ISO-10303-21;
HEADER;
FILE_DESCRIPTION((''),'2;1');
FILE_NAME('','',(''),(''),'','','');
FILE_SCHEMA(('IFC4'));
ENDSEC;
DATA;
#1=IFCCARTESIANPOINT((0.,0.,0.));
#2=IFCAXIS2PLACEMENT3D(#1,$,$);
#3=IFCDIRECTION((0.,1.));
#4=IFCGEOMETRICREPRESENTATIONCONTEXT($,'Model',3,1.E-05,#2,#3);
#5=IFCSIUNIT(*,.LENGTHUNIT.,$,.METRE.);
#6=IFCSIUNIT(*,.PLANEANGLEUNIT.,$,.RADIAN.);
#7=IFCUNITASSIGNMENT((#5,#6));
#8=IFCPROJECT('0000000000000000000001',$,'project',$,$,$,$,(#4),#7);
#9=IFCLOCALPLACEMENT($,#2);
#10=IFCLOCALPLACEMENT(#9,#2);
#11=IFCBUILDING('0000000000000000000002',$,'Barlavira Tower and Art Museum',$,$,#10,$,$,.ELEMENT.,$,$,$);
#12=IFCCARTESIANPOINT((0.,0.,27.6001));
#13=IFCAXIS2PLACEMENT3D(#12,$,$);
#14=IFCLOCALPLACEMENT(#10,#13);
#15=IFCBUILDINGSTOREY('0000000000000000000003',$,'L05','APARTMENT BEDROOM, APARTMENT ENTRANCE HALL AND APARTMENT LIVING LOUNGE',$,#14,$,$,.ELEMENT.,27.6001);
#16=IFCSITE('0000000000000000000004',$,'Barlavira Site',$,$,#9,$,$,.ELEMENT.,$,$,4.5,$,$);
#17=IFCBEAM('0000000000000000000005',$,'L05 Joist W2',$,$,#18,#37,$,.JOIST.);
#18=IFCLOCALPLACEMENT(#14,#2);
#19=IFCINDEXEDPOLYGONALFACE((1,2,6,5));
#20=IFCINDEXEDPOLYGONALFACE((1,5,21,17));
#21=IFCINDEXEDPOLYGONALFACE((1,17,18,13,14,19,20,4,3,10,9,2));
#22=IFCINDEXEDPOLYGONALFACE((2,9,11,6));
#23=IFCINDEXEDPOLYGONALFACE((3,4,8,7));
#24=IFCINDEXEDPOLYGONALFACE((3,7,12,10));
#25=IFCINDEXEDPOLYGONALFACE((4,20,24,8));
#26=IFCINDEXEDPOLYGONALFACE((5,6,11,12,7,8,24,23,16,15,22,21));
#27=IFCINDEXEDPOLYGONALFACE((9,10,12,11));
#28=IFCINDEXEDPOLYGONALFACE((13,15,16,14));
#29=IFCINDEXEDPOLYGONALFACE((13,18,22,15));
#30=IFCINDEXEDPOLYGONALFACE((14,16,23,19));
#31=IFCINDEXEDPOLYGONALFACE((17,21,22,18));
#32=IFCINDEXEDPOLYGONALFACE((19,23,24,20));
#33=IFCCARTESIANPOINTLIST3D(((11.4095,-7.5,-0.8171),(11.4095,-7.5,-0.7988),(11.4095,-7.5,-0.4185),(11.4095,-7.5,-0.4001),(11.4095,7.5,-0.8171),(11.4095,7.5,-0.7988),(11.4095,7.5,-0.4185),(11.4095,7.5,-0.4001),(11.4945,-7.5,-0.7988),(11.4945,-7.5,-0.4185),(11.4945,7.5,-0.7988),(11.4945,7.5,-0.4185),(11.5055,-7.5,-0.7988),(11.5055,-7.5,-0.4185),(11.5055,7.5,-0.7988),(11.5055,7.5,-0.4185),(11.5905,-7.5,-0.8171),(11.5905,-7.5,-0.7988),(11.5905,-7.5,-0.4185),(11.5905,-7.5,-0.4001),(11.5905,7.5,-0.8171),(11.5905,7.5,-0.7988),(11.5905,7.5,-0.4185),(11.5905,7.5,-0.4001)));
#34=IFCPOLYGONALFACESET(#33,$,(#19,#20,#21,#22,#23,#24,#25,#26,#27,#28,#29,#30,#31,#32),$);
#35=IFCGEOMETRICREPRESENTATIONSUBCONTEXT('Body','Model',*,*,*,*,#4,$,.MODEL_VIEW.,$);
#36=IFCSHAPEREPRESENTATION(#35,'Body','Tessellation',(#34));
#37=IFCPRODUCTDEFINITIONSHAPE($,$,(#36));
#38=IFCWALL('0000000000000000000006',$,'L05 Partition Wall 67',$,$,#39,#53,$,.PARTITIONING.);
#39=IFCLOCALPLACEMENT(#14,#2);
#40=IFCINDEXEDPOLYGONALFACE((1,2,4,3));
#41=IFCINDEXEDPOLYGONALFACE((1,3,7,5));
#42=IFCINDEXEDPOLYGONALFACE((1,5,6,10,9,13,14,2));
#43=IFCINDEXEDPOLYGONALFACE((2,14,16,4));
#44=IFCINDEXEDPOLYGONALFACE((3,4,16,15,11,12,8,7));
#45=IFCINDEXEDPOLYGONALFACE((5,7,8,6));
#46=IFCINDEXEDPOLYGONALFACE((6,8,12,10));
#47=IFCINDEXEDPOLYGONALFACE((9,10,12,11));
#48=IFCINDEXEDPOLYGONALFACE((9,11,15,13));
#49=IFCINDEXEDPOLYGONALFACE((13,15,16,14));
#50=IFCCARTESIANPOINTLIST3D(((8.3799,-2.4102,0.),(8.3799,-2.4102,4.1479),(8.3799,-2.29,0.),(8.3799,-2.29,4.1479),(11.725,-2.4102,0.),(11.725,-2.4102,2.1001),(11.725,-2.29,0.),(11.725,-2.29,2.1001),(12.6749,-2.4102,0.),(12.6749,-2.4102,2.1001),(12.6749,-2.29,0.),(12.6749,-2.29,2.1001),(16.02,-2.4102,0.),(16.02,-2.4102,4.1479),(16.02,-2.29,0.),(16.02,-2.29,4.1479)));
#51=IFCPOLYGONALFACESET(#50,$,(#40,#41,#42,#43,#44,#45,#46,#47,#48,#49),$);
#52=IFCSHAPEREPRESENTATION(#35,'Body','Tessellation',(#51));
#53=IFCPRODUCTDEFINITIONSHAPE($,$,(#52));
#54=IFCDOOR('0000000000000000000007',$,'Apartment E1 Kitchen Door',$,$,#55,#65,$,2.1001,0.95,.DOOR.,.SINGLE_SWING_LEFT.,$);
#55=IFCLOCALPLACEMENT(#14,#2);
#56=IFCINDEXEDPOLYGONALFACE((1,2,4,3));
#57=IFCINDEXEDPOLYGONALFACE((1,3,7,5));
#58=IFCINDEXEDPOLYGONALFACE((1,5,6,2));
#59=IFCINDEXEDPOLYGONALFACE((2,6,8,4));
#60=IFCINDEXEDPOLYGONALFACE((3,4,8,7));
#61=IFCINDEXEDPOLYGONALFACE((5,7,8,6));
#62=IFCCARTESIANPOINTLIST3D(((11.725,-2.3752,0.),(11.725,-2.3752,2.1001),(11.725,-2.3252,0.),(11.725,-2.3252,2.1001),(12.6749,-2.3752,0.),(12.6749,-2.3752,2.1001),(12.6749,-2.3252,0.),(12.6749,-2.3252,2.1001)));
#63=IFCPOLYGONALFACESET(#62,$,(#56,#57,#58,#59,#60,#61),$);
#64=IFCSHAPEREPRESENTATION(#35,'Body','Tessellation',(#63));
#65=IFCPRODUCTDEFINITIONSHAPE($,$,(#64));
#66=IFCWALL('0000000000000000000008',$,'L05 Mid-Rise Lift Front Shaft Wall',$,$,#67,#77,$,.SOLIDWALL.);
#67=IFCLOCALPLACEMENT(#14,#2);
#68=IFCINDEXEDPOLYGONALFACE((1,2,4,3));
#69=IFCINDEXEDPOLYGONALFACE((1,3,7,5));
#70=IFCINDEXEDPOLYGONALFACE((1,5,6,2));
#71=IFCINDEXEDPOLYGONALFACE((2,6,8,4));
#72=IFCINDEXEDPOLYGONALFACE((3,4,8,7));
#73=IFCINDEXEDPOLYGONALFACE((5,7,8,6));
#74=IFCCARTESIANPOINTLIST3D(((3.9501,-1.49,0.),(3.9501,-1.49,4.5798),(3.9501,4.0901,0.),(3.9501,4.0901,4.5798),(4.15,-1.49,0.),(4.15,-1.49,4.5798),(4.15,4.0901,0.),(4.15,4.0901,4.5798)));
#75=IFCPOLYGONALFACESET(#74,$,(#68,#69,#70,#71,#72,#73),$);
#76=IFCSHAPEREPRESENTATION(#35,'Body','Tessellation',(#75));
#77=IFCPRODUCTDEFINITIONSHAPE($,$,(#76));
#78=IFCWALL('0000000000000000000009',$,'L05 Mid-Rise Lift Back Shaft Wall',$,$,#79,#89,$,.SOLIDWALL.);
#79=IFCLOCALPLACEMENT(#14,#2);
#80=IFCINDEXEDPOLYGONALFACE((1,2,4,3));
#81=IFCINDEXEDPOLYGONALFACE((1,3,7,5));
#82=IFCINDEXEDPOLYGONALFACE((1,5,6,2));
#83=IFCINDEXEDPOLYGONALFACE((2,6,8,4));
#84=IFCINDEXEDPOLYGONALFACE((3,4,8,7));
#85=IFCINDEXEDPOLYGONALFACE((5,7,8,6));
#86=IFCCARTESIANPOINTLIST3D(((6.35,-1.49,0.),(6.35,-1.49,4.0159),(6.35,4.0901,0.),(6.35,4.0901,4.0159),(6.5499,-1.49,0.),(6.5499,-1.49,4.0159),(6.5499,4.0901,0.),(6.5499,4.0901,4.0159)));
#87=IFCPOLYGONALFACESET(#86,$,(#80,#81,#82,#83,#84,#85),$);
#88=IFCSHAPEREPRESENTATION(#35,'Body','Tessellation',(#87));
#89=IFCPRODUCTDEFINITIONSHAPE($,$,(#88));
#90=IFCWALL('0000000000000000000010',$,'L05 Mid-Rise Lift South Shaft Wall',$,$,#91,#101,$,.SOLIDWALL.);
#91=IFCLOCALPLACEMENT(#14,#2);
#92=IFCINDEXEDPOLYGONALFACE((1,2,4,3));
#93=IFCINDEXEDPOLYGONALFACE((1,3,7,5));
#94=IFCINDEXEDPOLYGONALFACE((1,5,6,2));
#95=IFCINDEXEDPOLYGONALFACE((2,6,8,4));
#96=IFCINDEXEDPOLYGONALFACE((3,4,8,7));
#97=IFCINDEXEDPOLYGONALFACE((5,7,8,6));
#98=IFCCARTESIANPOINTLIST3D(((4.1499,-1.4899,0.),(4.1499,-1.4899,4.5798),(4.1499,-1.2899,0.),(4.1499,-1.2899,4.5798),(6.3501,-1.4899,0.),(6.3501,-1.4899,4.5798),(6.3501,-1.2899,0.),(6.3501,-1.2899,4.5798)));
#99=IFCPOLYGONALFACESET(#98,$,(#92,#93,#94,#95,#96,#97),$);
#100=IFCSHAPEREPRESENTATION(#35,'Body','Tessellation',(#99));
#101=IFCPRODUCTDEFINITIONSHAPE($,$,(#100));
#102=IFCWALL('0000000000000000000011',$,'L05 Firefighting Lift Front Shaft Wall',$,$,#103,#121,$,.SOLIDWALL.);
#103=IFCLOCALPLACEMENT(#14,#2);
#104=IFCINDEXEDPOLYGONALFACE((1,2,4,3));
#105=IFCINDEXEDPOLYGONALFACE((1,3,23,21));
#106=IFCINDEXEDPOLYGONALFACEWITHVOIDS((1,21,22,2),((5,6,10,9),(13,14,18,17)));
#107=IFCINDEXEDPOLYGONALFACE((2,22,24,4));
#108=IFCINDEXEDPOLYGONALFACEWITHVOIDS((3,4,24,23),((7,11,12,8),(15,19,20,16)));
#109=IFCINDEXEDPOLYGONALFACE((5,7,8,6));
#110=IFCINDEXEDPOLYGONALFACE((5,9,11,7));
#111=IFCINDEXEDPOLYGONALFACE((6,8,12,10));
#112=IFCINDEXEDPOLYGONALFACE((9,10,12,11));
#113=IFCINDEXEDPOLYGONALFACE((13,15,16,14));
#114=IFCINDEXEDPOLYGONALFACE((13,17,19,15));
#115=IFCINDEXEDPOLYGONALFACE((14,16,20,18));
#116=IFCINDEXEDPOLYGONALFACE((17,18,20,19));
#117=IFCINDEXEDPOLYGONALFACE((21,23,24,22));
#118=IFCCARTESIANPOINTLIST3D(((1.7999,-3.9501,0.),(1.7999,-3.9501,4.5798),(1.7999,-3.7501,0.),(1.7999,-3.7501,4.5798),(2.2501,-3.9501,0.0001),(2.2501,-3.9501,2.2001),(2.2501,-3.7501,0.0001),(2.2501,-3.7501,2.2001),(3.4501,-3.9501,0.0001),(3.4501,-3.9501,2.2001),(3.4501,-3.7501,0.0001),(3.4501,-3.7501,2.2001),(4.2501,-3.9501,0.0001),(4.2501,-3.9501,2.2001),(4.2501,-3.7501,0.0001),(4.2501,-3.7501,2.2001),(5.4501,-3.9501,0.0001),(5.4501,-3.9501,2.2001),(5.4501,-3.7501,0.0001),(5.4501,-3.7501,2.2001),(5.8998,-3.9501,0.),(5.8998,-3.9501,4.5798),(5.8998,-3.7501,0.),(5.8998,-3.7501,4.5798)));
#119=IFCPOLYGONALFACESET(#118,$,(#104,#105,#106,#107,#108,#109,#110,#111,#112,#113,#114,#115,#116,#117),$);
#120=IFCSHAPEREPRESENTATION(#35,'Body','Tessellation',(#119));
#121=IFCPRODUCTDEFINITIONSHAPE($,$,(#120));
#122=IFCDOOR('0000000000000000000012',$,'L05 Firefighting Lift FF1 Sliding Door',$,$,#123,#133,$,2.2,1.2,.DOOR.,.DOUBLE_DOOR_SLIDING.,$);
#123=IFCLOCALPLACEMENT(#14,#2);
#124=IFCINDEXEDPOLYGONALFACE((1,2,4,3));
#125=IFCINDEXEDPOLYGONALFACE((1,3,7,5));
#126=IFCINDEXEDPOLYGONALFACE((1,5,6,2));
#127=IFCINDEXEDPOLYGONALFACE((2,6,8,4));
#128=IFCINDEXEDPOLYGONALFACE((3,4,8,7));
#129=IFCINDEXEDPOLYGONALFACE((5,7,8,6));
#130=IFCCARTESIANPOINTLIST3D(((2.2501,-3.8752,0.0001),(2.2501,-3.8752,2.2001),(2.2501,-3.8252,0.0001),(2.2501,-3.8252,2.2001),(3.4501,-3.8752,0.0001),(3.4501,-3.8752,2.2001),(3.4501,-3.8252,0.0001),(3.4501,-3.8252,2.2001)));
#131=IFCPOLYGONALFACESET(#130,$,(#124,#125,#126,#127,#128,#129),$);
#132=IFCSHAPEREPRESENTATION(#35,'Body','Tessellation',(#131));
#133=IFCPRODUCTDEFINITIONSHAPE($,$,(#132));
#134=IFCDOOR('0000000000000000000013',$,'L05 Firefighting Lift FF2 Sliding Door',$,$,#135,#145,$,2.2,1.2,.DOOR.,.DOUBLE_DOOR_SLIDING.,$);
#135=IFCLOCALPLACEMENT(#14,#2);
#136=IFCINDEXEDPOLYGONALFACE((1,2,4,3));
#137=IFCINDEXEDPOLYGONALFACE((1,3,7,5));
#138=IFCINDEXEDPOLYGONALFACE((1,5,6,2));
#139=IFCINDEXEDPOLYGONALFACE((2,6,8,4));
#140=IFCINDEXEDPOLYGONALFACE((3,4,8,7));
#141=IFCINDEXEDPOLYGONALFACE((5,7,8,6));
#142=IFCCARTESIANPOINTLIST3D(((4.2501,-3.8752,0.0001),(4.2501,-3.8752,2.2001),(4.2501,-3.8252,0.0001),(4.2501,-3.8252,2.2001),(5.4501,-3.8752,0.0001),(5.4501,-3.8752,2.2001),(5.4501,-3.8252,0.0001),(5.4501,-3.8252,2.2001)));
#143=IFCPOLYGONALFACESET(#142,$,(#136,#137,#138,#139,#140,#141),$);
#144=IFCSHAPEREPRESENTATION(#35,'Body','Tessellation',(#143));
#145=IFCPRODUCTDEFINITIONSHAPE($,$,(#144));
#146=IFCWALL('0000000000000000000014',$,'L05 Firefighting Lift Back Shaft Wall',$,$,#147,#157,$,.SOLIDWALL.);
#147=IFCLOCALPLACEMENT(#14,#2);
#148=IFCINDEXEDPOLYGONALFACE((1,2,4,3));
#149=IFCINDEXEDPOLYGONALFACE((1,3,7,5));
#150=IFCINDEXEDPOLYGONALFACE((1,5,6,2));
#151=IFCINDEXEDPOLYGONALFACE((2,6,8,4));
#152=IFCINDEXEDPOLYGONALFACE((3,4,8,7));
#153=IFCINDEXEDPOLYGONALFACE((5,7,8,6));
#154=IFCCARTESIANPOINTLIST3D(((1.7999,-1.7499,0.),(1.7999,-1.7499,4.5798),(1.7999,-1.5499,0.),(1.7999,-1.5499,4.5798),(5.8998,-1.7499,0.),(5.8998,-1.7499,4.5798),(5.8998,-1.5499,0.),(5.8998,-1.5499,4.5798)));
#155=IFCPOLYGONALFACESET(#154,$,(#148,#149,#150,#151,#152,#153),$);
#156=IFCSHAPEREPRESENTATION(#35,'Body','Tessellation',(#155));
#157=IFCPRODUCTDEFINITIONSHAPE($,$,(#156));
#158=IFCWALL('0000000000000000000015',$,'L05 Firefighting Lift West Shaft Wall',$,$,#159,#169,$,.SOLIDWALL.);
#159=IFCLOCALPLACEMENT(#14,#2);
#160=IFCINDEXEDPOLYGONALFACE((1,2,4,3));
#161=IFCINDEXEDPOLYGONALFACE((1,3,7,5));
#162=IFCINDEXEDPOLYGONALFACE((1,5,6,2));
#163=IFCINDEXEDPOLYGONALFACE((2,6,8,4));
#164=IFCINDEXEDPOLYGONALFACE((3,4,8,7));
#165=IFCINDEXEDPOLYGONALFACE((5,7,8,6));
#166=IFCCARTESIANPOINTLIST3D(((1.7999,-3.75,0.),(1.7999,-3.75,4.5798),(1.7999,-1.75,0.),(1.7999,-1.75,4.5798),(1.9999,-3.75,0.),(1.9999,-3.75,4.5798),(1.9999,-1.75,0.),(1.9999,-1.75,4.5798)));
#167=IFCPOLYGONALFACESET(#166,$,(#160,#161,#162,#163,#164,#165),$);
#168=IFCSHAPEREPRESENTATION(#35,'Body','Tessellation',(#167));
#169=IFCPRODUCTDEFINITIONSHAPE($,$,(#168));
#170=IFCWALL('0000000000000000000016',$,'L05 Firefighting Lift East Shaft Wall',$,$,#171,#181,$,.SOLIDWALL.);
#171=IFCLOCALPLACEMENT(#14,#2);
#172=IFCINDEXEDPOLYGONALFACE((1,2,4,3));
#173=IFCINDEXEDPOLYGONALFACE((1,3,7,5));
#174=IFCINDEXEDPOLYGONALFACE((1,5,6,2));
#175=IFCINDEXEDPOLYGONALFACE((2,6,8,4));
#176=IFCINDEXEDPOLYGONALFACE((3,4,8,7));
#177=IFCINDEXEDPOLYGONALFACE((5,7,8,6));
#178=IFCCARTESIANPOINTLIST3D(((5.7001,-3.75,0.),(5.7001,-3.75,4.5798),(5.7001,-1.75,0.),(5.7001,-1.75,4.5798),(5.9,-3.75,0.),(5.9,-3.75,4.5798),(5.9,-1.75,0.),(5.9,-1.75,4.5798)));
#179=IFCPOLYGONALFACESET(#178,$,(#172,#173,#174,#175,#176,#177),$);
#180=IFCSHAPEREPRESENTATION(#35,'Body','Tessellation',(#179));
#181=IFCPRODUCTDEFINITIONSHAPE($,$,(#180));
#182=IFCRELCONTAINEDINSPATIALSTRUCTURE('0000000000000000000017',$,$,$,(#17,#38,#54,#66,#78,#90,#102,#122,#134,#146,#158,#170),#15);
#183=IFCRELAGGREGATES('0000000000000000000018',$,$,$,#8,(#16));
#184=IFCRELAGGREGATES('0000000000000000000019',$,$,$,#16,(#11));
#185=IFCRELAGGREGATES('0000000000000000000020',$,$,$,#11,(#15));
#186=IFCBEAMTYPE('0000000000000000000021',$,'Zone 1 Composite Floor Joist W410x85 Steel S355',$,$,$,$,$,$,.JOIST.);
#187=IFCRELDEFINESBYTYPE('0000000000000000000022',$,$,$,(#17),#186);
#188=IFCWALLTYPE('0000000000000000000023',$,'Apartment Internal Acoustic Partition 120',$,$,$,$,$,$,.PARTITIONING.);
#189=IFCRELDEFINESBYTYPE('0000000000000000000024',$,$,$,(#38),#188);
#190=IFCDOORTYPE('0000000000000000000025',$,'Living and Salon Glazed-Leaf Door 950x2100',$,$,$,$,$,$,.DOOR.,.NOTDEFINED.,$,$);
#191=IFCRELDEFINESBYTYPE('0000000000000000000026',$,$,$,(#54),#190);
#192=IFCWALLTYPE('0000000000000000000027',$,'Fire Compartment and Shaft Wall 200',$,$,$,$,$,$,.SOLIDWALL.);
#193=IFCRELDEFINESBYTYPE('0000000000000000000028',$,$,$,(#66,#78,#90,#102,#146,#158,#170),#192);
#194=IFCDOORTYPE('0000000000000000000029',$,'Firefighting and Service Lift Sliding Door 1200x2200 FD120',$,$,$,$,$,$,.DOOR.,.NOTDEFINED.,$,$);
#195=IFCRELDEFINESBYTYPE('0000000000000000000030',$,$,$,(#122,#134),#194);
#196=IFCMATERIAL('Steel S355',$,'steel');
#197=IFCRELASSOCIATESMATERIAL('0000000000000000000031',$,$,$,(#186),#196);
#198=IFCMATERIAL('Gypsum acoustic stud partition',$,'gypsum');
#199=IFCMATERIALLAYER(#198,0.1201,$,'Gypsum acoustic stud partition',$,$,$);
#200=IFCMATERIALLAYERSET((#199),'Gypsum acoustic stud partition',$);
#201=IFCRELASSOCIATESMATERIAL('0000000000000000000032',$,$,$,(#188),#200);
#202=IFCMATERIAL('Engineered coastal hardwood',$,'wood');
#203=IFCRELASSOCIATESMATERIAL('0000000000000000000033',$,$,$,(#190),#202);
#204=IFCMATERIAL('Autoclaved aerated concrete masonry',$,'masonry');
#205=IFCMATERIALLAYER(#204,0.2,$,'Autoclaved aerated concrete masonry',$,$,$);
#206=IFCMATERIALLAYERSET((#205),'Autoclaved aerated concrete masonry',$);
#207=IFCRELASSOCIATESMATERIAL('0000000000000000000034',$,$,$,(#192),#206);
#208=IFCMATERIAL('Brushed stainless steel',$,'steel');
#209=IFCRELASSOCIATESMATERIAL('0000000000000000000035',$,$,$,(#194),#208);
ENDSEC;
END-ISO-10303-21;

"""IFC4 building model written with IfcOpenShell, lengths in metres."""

from ifc_helpers import new_model, si_unit, direction, frame, frame_2d, origin, origin_2d, place, context, subcontext, project, spatial, rectangle, i_section, extrude, material, layer, layer_set, material_profile, profile_set, type_object, element, fill, save


model = new_model("IFC4")

# Units and contexts
model_context = context("Model", 3, precision=1e-05, world=origin(), true_north=direction((0.0, 1.0)))
body_context = subcontext(model_context, "Body", "Model", "MODEL_VIEW")
ifc_project = project(units=[si_unit("LENGTHUNIT", "METRE"), si_unit("PLANEANGLEUNIT", "RADIAN")], contexts=[model_context])

# Site, building, storey
site_placement = place(None, origin())
site = spatial("IfcSite", under=ifc_project, at=site_placement, Name="Barlavira Site", CompositionType="ELEMENT", RefElevation=4.5)
building_placement = place(site_placement, origin())
building = spatial("IfcBuilding", under=site, at=building_placement, Name="Barlavira Tower and Art Museum", CompositionType="ELEMENT")
storey_placement = place(building_placement, frame((0.0, 0.0, 27.6001)))
storey = spatial("IfcBuildingStorey", under=building, at=storey_placement, Name="L05", Description="APARTMENT BEDROOM, APARTMENT ENTRANCE HALL AND APARTMENT LIVING LOUNGE", CompositionType="ELEMENT", Elevation=27.6001)

# Beam
ifc_material_1 = material(Name="Steel S355", Category="steel")
ifc_material_profile = material_profile(ifc_material_1, i_section(OverallWidth=0.1809, OverallDepth=0.417, WebThickness=0.011, FlangeThickness=0.0183, at=origin_2d()), Name="W410x85.0")
ifc_profile_set = profile_set([ifc_material_profile], Name="Steel S355")
beam_type = type_object("IfcBeamType", Name="Zone 1 Composite Floor Joist W410x85 Steel S355", PredefinedType="JOIST", material=ifc_profile_set)
beam_placement = place(storey_placement, frame((11.5, -7.5, -0.6086), z_axis=(0.0, 1.0, 0.0), x_axis=(-1.0, 0.0, 0.0)))
element("IfcBeam", 1, at=beam_placement, inside=storey, type_object=beam_type, Name="L05 Joist W2", PredefinedType="JOIST", context=body_context, shape_type="SweptSolid", body=[
    extrude(i_section(OverallWidth=0.1809, OverallDepth=0.417, WebThickness=0.011, FlangeThickness=0.0183, at=origin_2d()), origin(), (0.0, 0.0, 1.0), 15.0),
])

# Wall, opening, door
ifc_material_2 = material(Name="Gypsum acoustic stud partition", Category="gypsum")
ifc_layer_1 = layer(ifc_material_2, 0.1201, Name="Gypsum acoustic stud partition")
ifc_layer_set_1 = layer_set([ifc_layer_1], Name="Gypsum acoustic stud partition")
wall_type_1 = type_object("IfcWallType", Name="Apartment Internal Acoustic Partition 120", PredefinedType="PARTITIONING", material=ifc_layer_set_1)
wall_1_placement = place(storey_placement, frame((8.3799, -2.3501, 0.0), z_axis=(0.0, 0.0, 1.0), x_axis=(1.0, 0.0, 0.0)))
wall_1 = element("IfcWall", 2, at=wall_1_placement, inside=storey, type_object=wall_type_1, Name="L05 Partition Wall 67", PredefinedType="PARTITIONING", context=body_context, shape_type="SweptSolid", body=[
    extrude(rectangle(XDim=7.6401, YDim=0.1201, at=frame_2d((3.8201, 0.0))), origin(), (0.0, 0.0, 1.0), 4.1479),
])
opening_1_placement = place(wall_1_placement, frame((3.345, 0.0, 0.0)))
opening_1 = element("IfcOpeningElement", 3, at=opening_1_placement, cuts=wall_1, PredefinedType="OPENING", context=body_context, shape_type="SweptSolid", body=[
    extrude(rectangle(XDim=0.95, YDim=2.1001, at=frame_2d((0.4751, 1.05))), frame((0.0, 0.0701, 0.0), z_axis=(0.0, -1.0, 0.0), x_axis=(1.0, 0.0, 0.0)), (0.0, 0.0, 1.0), 0.1401),
])
ifc_material_3 = material(Name="Engineered coastal hardwood", Category="wood")
door_type_1 = type_object("IfcDoorType", Name="Living and Salon Glazed-Leaf Door 950x2100", OperationType="NOTDEFINED", PredefinedType="DOOR", material=ifc_material_3)
door_1_placement = place(opening_1_placement, origin())
door_1 = element("IfcDoor", 4, at=door_1_placement, inside=storey, type_object=door_type_1, Name="Apartment E1 Kitchen Door", OperationType="SINGLE_SWING_LEFT", OverallHeight=2.1001, OverallWidth=0.95, PredefinedType="DOOR", context=body_context, shape_type="SweptSolid", body=[
    extrude(rectangle(XDim=0.95, YDim=2.1001, at=frame_2d((0.4751, 1.05))), frame((0.0, 0.0249, 0.0), z_axis=(0.0, -1.0, 0.0), x_axis=(1.0, 0.0, 0.0)), (0.0, 0.0, 1.0), 0.05),
])
fill(opening_1, door_1)
ifc_material_4 = material(Name="Brushed stainless steel", Category="steel")

# Walls
ifc_material_5 = material(Name="Autoclaved aerated concrete masonry", Category="masonry")
ifc_layer_2 = layer(ifc_material_5, 0.2, Name="Autoclaved aerated concrete masonry")
ifc_layer_set_2 = layer_set([ifc_layer_2], Name="Autoclaved aerated concrete masonry")
wall_type_2 = type_object("IfcWallType", Name="Fire Compartment and Shaft Wall 200", PredefinedType="SOLIDWALL", material=ifc_layer_set_2)
wall_2_placement = place(storey_placement, frame((4.05, -1.49, 0.0), z_axis=(0.0, 0.0, 1.0), x_axis=(0.0, 1.0, 0.0)))
element("IfcWall", 5, at=wall_2_placement, inside=storey, type_object=wall_type_2, Name="L05 Mid-Rise Lift Front Shaft Wall", PredefinedType="SOLIDWALL", context=body_context, shape_type="SweptSolid", body=[
    extrude(rectangle(XDim=5.5801, YDim=0.2, at=frame_2d((2.79, 0.0))), origin(), (0.0, 0.0, 1.0), 4.5798),
])
wall_3_placement = place(storey_placement, frame((6.45, -1.49, 0.0), z_axis=(0.0, 0.0, 1.0), x_axis=(0.0, 1.0, 0.0)))
element("IfcWall", 6, at=wall_3_placement, inside=storey, type_object=wall_type_2, Name="L05 Mid-Rise Lift Back Shaft Wall", PredefinedType="SOLIDWALL", context=body_context, shape_type="SweptSolid", body=[
    extrude(rectangle(XDim=5.5801, YDim=0.2, at=frame_2d((2.79, 0.0))), origin(), (0.0, 0.0, 1.0), 4.0159),
])
wall_4_placement = place(storey_placement, frame((4.1499, -1.3899, 0.0), z_axis=(0.0, 0.0, 1.0), x_axis=(1.0, 0.0, 0.0)))
element("IfcWall", 7, at=wall_4_placement, inside=storey, type_object=wall_type_2, Name="L05 Mid-Rise Lift South Shaft Wall", PredefinedType="SOLIDWALL", context=body_context, shape_type="SweptSolid", body=[
    extrude(rectangle(XDim=2.2002, YDim=0.2, at=frame_2d((1.1001, 0.0))), origin(), (0.0, 0.0, 1.0), 4.5798),
])

# Wall, openings, doors
wall_5_placement = place(storey_placement, frame((1.8, -3.8501, 0.0), z_axis=(0.0, 0.0, 1.0), x_axis=(1.0, 0.0, 0.0)))
wall_5 = element("IfcWall", 8, at=wall_5_placement, inside=storey, type_object=wall_type_2, Name="L05 Firefighting Lift Front Shaft Wall", PredefinedType="SOLIDWALL", context=body_context, shape_type="SweptSolid", body=[
    extrude(rectangle(XDim=4.0999, YDim=0.2, at=frame_2d((2.0498, 0.0))), origin(), (0.0, 0.0, 1.0), 4.5798),
])
opening_2_placement = place(wall_5_placement, frame((0.45, 0.0, 0.0)))
opening_2 = element("IfcOpeningElement", 9, at=opening_2_placement, cuts=wall_5, PredefinedType="OPENING", context=body_context, shape_type="SweptSolid", body=[
    extrude(rectangle(XDim=1.2, YDim=2.2, at=frame_2d((0.6001, 1.1001))), frame((0.0, 0.1099, 0.0), z_axis=(0.0, -1.0, 0.0), x_axis=(1.0, 0.0, 0.0)), (0.0, 0.0, 1.0), 0.22),
])
opening_3_placement = place(wall_5_placement, frame((2.45, 0.0, 0.0)))
opening_3 = element("IfcOpeningElement", 10, at=opening_3_placement, cuts=wall_5, PredefinedType="OPENING", context=body_context, shape_type="SweptSolid", body=[
    extrude(rectangle(XDim=1.2, YDim=2.2, at=frame_2d((0.6001, 1.1001))), frame((0.0, 0.1099, 0.0), z_axis=(0.0, -1.0, 0.0), x_axis=(1.0, 0.0, 0.0)), (0.0, 0.0, 1.0), 0.22),
])
door_type_2 = type_object("IfcDoorType", Name="Firefighting and Service Lift Sliding Door 1200x2200 FD120", OperationType="NOTDEFINED", PredefinedType="DOOR", material=ifc_material_4)
door_2_placement = place(opening_2_placement, origin())
door_2 = element("IfcDoor", 11, at=door_2_placement, inside=storey, type_object=door_type_2, Name="L05 Firefighting Lift FF1 Sliding Door", OperationType="DOUBLE_DOOR_SLIDING", OverallHeight=2.2, OverallWidth=1.2, PredefinedType="DOOR", context=body_context, shape_type="SweptSolid", body=[
    extrude(rectangle(XDim=1.2, YDim=2.2, at=frame_2d((0.6001, 1.1001))), frame((0.0, 0.0249, 0.0), z_axis=(0.0, -1.0, 0.0), x_axis=(1.0, 0.0, 0.0)), (0.0, 0.0, 1.0), 0.05),
])
fill(opening_2, door_2)
door_3_placement = place(opening_3_placement, origin())
door_3 = element("IfcDoor", 12, at=door_3_placement, inside=storey, type_object=door_type_2, Name="L05 Firefighting Lift FF2 Sliding Door", OperationType="DOUBLE_DOOR_SLIDING", OverallHeight=2.2, OverallWidth=1.2, PredefinedType="DOOR", context=body_context, shape_type="SweptSolid", body=[
    extrude(rectangle(XDim=1.2, YDim=2.2, at=frame_2d((0.6001, 1.1001))), frame((0.0, 0.0249, 0.0), z_axis=(0.0, -1.0, 0.0), x_axis=(1.0, 0.0, 0.0)), (0.0, 0.0, 1.0), 0.05),
])
fill(opening_3, door_3)

# Walls
wall_6_placement = place(storey_placement, frame((1.8, -1.6499, 0.0), z_axis=(0.0, 0.0, 1.0), x_axis=(1.0, 0.0, 0.0)))
element("IfcWall", 13, at=wall_6_placement, inside=storey, type_object=wall_type_2, Name="L05 Firefighting Lift Back Shaft Wall", PredefinedType="SOLIDWALL", context=body_context, shape_type="SweptSolid", body=[
    extrude(rectangle(XDim=4.0999, YDim=0.2, at=frame_2d((2.0498, 0.0))), origin(), (0.0, 0.0, 1.0), 4.5798),
])
for number, where, z_axis, x_axis, name in (
    (14, (1.8999, -3.75, 0.0), (0.0, 0.0, 1.0), (0.0, 1.0, 0.0), "L05 Firefighting Lift West Shaft Wall"),
    (15, (5.8, -3.75, 0.0), (0.0, 0.0, 1.0), (0.0, 1.0, 0.0), "L05 Firefighting Lift East Shaft Wall"),
):
    element("IfcWall", number, at=place(storey_placement, frame(where, z_axis=z_axis, x_axis=x_axis)), inside=storey, type_object=wall_type_2, Name=name, PredefinedType="SOLIDWALL", context=body_context, shape_type="SweptSolid", body=[
        extrude(rectangle(XDim=2.0, YDim=0.2, at=frame_2d((1.0, 0.0))), origin(), (0.0, 0.0, 1.0), 4.5798),
    ])

save(model, "model.ifc")
